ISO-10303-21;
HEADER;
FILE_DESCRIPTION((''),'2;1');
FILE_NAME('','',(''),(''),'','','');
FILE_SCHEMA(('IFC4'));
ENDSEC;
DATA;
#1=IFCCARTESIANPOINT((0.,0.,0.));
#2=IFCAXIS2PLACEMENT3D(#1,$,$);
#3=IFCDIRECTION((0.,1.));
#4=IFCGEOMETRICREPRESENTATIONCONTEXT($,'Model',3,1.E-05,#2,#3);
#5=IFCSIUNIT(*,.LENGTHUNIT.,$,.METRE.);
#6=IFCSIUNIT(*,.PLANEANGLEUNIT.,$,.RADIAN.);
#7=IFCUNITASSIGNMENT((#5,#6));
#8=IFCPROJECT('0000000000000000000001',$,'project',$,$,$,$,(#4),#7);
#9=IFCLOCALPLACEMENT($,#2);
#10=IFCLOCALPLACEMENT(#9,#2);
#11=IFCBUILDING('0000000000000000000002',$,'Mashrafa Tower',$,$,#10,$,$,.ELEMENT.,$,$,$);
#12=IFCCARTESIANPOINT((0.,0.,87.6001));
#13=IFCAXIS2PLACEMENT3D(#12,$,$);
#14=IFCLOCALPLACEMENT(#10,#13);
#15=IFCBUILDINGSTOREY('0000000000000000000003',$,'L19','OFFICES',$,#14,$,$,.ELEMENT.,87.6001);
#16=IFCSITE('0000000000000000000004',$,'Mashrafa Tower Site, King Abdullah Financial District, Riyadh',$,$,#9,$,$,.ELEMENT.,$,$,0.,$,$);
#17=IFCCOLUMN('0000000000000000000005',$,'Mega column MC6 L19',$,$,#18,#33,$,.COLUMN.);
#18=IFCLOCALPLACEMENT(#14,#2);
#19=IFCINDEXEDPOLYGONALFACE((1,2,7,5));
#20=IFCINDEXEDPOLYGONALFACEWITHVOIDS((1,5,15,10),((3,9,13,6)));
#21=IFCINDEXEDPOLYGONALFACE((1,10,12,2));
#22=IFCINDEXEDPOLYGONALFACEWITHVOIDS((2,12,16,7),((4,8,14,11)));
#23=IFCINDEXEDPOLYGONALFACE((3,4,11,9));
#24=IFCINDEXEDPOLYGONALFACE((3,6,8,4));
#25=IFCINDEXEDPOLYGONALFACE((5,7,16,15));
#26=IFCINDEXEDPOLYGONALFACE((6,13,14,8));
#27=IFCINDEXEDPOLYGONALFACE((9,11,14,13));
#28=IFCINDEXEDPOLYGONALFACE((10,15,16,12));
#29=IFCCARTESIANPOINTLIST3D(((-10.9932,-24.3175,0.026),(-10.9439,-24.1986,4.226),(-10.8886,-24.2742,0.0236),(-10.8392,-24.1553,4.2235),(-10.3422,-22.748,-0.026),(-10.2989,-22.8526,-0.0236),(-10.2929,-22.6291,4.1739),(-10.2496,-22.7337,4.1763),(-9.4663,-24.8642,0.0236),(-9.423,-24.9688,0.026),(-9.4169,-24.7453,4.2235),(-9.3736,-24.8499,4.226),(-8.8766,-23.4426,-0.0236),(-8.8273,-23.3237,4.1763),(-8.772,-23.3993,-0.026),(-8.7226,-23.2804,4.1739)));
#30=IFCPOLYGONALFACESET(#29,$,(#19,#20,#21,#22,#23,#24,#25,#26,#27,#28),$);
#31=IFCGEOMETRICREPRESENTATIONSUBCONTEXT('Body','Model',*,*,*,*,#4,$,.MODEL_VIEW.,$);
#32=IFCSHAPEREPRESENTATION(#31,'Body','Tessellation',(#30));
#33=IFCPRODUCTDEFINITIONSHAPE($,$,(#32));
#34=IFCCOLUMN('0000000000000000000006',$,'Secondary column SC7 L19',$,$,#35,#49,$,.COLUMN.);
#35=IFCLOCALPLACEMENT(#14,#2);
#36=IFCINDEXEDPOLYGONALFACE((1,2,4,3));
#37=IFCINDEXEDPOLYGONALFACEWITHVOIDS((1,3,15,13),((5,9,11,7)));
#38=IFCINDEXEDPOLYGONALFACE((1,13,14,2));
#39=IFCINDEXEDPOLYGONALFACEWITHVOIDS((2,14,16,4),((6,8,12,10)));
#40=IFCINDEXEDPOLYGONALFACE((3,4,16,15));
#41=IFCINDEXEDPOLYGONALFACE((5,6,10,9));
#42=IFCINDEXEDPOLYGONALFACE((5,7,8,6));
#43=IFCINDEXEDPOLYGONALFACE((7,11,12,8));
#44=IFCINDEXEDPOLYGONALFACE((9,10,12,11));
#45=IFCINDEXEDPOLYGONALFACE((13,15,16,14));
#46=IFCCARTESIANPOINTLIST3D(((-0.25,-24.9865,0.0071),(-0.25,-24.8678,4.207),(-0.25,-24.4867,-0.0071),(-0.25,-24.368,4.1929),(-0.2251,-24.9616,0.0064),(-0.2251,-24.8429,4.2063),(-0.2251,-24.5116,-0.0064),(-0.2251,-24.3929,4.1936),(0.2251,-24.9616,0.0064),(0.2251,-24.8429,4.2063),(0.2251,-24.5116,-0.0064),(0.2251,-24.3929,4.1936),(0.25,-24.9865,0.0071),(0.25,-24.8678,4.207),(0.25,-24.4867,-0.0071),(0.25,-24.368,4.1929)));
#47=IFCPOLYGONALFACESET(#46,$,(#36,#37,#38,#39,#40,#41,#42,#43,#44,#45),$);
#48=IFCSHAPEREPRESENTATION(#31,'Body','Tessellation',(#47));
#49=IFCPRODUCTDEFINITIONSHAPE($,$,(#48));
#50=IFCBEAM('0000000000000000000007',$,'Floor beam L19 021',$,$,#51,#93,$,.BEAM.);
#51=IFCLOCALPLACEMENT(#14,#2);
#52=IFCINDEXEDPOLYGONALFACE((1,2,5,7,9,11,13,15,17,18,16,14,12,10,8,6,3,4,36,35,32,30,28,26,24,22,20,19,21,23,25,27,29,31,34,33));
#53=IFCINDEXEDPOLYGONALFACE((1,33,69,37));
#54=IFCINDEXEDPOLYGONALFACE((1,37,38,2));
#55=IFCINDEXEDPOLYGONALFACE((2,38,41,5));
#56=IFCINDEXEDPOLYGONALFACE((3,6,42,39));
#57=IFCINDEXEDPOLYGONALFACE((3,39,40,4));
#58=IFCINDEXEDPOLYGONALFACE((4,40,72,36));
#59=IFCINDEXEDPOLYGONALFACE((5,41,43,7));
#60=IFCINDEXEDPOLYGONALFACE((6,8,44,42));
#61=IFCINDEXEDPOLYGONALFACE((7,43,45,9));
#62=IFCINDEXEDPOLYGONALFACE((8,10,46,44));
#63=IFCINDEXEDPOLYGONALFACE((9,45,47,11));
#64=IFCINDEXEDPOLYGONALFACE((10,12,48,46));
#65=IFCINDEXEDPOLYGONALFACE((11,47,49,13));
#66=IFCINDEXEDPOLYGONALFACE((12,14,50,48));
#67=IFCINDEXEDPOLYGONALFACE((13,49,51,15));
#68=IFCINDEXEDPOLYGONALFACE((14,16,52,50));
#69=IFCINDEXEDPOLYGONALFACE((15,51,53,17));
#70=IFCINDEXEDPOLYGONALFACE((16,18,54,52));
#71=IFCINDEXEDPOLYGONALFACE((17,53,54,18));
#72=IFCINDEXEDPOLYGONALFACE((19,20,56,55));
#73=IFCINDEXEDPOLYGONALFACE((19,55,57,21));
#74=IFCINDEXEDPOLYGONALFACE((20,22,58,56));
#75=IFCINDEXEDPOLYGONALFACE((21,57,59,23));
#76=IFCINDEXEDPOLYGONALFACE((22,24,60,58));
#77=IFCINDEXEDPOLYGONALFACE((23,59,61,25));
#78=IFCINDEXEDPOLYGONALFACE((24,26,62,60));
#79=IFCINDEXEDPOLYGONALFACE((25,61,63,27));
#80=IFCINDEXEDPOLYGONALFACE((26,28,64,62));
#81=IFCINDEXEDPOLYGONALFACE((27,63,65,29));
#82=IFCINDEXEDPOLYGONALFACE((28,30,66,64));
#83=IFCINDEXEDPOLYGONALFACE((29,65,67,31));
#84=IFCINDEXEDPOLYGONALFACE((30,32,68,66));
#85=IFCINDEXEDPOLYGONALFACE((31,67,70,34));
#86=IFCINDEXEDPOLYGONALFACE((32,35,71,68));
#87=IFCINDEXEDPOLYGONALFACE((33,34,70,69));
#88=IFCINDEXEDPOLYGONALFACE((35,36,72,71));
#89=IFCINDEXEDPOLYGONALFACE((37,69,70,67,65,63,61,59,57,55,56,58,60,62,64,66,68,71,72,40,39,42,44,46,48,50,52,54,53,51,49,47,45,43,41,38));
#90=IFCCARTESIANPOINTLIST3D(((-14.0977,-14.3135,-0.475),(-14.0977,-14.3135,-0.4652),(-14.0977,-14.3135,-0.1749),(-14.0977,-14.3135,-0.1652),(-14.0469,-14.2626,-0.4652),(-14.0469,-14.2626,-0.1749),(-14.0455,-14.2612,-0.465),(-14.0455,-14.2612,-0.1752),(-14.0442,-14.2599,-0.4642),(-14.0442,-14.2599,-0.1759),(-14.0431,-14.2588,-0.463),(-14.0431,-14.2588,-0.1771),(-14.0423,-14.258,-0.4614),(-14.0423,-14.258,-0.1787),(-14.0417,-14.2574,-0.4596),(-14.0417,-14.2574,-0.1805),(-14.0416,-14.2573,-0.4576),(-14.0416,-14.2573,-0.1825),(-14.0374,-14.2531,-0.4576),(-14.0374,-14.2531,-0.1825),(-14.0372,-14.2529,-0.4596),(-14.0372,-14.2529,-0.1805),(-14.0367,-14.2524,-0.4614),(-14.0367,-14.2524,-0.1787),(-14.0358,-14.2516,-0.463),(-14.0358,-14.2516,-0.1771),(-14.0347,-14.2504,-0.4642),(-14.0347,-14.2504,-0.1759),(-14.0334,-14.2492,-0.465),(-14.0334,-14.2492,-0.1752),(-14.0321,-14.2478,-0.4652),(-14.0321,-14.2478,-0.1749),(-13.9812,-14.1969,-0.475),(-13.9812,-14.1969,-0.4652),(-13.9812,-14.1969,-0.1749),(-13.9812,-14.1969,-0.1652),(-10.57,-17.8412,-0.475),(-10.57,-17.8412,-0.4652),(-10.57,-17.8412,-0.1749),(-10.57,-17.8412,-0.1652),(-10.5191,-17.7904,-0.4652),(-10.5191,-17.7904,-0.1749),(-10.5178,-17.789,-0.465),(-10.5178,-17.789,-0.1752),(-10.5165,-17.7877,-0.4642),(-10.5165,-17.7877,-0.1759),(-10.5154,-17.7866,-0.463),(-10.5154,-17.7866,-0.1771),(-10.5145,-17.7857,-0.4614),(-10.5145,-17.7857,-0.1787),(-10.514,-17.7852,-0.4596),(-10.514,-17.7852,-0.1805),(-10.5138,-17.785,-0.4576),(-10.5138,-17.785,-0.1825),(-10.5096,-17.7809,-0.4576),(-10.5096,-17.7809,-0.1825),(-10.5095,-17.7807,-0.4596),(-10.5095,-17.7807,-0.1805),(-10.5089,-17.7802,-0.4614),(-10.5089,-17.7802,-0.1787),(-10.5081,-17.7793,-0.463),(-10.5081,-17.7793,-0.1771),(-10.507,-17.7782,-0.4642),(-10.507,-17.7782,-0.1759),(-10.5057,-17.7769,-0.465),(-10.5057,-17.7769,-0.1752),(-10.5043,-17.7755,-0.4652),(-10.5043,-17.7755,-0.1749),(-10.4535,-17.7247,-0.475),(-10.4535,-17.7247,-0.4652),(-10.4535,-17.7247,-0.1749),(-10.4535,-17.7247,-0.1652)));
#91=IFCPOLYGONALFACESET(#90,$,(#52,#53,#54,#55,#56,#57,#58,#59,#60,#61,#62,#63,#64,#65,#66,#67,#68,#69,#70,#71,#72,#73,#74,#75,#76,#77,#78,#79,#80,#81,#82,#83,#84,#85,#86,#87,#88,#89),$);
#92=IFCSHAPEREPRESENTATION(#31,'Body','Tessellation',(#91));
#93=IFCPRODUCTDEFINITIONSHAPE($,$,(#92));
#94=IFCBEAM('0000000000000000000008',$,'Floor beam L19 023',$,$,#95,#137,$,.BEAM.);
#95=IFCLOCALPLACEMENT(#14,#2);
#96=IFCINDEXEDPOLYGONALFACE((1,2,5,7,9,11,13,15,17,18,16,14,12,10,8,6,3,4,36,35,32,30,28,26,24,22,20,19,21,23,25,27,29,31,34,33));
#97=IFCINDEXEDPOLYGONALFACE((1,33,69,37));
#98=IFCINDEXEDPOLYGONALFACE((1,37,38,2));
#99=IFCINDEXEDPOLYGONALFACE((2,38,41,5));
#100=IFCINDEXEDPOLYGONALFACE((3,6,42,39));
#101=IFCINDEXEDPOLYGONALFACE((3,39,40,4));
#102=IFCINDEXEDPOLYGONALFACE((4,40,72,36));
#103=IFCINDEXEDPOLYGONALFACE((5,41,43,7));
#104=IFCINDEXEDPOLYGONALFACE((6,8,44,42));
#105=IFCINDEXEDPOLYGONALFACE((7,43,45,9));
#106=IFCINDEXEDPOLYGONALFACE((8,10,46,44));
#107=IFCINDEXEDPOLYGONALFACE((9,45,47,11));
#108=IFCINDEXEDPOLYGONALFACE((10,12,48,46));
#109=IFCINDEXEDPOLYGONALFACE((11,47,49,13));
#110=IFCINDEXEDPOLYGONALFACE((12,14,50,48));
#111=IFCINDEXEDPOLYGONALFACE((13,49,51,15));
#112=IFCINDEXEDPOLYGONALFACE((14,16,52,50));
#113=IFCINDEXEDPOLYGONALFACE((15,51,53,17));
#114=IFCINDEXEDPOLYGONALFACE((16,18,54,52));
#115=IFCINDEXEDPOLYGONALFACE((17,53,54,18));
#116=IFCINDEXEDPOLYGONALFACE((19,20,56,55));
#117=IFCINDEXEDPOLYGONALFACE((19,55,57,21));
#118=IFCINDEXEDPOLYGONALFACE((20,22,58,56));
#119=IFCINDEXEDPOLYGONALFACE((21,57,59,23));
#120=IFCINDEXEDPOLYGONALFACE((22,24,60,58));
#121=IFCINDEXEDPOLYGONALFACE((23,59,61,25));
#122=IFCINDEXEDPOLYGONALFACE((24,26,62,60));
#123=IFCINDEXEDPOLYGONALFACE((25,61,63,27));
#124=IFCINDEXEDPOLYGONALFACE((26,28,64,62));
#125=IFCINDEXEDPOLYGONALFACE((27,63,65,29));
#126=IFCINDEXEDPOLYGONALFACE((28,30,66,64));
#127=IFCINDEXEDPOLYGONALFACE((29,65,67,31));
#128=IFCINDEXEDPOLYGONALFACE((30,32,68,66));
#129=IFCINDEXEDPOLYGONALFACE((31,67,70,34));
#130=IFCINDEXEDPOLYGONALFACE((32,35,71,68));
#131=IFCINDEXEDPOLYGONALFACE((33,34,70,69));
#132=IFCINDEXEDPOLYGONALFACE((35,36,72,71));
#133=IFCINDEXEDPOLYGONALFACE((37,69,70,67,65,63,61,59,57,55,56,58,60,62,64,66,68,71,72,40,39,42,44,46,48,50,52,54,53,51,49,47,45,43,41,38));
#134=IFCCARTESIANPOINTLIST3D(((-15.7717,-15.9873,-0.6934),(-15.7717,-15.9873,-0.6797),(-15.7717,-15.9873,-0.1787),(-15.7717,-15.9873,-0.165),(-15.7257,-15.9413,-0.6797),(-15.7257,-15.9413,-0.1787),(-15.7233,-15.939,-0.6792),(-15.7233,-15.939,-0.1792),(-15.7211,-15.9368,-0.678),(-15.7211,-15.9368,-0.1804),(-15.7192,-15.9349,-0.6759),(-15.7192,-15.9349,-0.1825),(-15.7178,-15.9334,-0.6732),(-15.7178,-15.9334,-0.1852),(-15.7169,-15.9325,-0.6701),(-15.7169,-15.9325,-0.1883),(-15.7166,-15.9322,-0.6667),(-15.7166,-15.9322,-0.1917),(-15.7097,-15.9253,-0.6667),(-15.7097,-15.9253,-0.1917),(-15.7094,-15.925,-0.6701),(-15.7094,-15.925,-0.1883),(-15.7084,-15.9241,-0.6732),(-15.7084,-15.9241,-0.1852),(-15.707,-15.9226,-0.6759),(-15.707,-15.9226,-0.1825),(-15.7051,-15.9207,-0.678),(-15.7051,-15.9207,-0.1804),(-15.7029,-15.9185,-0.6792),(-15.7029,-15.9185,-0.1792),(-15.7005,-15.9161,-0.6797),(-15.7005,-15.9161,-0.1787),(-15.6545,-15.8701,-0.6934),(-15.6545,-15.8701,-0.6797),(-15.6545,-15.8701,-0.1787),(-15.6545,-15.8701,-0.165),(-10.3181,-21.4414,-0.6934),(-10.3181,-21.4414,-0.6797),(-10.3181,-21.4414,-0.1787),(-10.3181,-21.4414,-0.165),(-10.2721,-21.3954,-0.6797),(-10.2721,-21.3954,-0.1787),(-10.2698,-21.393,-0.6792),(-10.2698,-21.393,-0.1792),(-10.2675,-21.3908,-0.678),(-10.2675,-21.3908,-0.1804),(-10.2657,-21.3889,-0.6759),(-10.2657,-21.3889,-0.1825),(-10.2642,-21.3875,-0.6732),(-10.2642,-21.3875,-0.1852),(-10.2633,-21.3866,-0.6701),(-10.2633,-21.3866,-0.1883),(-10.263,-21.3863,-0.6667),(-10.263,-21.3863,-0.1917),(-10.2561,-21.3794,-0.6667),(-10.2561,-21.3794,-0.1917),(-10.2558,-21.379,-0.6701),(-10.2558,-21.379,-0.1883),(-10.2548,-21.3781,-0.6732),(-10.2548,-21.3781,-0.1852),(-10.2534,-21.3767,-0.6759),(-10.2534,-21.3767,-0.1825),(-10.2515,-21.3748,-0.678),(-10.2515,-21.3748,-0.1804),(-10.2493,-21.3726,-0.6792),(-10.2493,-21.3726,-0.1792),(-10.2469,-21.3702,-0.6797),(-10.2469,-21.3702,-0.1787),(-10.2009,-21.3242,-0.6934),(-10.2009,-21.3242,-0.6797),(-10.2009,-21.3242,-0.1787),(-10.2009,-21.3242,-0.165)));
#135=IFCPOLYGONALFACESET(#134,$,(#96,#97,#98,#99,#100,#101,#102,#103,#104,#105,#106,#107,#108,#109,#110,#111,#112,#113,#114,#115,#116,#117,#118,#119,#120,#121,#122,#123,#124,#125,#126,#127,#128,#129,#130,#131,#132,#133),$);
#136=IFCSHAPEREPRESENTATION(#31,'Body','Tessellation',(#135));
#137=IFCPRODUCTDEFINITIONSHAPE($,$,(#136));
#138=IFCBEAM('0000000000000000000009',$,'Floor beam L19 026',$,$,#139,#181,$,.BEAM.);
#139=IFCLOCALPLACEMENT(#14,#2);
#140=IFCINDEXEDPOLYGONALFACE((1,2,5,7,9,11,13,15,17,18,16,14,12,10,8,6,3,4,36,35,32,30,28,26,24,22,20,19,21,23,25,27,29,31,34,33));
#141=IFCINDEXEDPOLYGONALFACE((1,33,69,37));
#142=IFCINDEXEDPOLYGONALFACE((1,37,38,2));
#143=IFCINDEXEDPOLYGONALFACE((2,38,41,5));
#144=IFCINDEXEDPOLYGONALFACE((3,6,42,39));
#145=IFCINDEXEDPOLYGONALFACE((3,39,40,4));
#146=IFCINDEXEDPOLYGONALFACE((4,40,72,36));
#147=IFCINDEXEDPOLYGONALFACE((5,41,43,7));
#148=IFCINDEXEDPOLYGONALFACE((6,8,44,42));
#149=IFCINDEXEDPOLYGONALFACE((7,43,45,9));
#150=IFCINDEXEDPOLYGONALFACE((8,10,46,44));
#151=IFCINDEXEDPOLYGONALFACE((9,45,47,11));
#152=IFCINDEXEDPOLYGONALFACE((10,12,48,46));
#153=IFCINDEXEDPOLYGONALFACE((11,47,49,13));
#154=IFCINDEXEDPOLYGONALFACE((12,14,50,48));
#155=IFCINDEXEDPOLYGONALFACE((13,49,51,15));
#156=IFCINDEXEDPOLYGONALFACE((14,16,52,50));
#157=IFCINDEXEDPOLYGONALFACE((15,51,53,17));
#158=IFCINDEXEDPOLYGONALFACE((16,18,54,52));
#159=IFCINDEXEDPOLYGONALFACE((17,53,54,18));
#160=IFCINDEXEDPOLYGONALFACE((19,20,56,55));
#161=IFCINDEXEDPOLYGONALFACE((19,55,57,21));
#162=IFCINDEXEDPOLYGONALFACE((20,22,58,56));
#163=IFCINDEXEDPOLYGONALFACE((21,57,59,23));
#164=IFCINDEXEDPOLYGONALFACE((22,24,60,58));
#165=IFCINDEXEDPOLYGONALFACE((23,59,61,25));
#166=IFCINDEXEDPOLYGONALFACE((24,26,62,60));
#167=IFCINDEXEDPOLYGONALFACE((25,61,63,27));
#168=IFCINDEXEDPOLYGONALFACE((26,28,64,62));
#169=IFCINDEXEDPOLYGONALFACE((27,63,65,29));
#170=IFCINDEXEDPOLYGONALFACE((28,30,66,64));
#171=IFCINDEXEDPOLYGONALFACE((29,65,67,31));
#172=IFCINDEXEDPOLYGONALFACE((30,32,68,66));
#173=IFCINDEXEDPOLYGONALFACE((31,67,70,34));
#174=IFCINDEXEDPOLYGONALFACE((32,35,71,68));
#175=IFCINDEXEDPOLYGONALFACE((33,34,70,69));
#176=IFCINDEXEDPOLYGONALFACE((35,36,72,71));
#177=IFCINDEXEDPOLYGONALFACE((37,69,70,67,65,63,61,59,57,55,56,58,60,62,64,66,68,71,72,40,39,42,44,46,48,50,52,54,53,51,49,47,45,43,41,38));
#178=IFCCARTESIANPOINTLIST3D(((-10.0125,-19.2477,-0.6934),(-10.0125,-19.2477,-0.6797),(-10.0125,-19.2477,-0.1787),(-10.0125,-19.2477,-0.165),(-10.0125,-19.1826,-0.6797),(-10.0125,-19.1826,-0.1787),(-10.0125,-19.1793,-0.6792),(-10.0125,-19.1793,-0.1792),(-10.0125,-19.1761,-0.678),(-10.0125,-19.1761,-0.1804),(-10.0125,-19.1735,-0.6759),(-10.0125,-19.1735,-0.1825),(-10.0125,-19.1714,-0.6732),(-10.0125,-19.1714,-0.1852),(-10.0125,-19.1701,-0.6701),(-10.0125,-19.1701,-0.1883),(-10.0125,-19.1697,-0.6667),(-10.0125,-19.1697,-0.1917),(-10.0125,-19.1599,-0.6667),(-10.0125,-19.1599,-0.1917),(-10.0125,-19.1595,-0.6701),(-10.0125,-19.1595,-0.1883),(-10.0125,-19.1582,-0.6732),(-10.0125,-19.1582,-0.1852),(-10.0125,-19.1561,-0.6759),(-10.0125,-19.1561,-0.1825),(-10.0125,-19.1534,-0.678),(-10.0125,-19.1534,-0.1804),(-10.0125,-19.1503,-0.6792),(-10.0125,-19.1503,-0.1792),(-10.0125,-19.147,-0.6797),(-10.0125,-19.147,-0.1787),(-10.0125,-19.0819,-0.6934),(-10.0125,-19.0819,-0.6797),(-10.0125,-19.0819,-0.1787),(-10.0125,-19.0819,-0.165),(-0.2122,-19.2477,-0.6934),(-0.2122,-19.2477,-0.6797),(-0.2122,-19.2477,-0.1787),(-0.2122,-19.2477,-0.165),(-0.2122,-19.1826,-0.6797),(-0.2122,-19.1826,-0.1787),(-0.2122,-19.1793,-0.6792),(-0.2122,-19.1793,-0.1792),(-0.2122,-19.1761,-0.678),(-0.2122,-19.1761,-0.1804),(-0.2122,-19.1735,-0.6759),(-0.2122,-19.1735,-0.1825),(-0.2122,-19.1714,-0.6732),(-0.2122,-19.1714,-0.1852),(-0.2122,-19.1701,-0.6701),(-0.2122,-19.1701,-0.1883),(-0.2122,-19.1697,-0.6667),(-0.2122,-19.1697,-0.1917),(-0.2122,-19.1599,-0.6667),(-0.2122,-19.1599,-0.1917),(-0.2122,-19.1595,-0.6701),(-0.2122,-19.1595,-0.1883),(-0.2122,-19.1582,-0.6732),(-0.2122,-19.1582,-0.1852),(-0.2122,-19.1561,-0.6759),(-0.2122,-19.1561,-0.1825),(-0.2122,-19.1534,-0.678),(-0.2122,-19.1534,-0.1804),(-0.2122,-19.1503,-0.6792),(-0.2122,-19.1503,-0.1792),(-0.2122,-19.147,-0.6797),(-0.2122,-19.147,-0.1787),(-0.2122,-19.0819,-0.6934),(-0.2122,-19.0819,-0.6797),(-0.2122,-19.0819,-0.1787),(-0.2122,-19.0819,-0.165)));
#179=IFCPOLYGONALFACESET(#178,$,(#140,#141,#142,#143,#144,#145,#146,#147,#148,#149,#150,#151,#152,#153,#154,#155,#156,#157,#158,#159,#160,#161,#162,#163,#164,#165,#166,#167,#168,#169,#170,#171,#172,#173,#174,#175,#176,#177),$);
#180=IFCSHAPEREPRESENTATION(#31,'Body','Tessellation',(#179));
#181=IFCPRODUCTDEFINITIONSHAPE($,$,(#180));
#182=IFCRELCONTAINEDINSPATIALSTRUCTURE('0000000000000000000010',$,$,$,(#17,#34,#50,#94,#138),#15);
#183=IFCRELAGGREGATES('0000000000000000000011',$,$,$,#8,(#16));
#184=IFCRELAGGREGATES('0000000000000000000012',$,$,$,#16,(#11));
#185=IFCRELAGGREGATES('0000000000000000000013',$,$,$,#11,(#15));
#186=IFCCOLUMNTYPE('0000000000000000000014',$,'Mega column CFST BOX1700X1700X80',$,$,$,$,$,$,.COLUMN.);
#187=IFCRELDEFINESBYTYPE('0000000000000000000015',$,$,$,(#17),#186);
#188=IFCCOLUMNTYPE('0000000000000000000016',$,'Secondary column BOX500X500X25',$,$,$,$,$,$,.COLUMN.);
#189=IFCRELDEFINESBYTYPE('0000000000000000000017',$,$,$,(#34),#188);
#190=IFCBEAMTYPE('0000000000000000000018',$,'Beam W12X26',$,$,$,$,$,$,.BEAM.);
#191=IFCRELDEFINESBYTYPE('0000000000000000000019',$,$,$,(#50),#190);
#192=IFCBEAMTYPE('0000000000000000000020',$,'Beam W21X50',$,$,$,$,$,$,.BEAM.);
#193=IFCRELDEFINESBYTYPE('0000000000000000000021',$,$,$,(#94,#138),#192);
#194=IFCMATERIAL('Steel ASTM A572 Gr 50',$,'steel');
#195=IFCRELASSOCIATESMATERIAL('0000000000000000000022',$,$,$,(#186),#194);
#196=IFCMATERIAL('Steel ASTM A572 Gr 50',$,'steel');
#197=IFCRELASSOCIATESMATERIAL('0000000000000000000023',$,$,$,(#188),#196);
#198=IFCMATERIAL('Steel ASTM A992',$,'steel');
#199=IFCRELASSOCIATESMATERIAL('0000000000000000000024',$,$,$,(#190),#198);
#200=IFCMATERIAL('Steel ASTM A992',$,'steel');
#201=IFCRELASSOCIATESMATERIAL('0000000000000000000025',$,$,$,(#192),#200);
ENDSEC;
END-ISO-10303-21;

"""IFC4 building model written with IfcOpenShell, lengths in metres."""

from ifc_helpers import new_model, si_unit, direction, frame, origin, origin_2d, place, context, subcontext, project, spatial, hollow_rectangle, i_section, extrude, material, material_profile, profile_set, type_object, element, save


model = new_model("IFC4")

# Units and contexts
model_context = context("Model", 3, precision=1e-05, world=origin(), true_north=direction((0.0, 1.0)))
body_context = subcontext(model_context, "Body", "Model", "MODEL_VIEW")
ifc_project = project(units=[si_unit("LENGTHUNIT", "METRE"), si_unit("PLANEANGLEUNIT", "RADIAN")], contexts=[model_context])

# Site, building, storey
site_placement = place(None, origin())
site = spatial("IfcSite", under=ifc_project, at=site_placement, Name="Mashrafa Tower Site, King Abdullah Financial District, Riyadh", CompositionType="ELEMENT", RefElevation=0.0)
building_placement = place(site_placement, origin())
building = spatial("IfcBuilding", under=site, at=building_placement, Name="Mashrafa Tower", CompositionType="ELEMENT")
storey_placement = place(building_placement, frame((0.0, 0.0, 87.6001)))
storey = spatial("IfcBuildingStorey", under=building, at=storey_placement, Name="L19", Description="OFFICES", CompositionType="ELEMENT", Elevation=87.6001)

# Columns
ifc_material_1 = material(Name="Steel ASTM A572 Gr 50", Category="steel")
ifc_material_profile_1 = material_profile(ifc_material_1, hollow_rectangle(XDim=1.7, YDim=1.7, WallThickness=0.0801, at=origin_2d()), Name="BOX1700X1700X80")
ifc_profile_set_1 = profile_set([ifc_material_profile_1], Name="Steel ASTM A572 Gr 50")
column_type_1 = type_object("IfcColumnType", Name="Mega column CFST BOX1700X1700X80", PredefinedType="COLUMN", material=ifc_profile_set_1)
column_1_placement = place(storey_placement, frame((-9.8826, -23.8584, 0.0), z_axis=(0.011737, 0.028296, 0.999531), x_axis=(-0.923693, 0.383133, 0.0)))
element("IfcColumn", 1, at=column_1_placement, inside=storey, type_object=column_type_1, Name="Mega column MC6 L19", PredefinedType="COLUMN", context=body_context, shape_type="SweptSolid", body=[
    extrude(hollow_rectangle(XDim=1.7, YDim=1.7, WallThickness=0.0801, at=origin_2d()), origin(), (0.0, 0.0, 1.0), 4.2019),
])
ifc_material_2 = material(Name="Steel ASTM A572 Gr 50", Category="steel")
ifc_material_profile_2 = material_profile(ifc_material_2, hollow_rectangle(XDim=0.5, YDim=0.5, WallThickness=0.0249, at=origin_2d()), Name="BOX500X500X25")
ifc_profile_set_2 = profile_set([ifc_material_profile_2], Name="Steel ASTM A572 Gr 50")
column_type_2 = type_object("IfcColumnType", Name="Secondary column BOX500X500X25", PredefinedType="COLUMN", material=ifc_profile_set_2)
column_2_placement = place(storey_placement, frame((0.0, -24.7366, 0.0), z_axis=(0.0, 0.02824, 0.999601), x_axis=(-1.0, 0.0, 0.0)))
element("IfcColumn", 2, at=column_2_placement, inside=storey, type_object=column_type_2, Name="Secondary column SC7 L19", PredefinedType="COLUMN", context=body_context, shape_type="SweptSolid", body=[
    extrude(hollow_rectangle(XDim=0.5, YDim=0.5, WallThickness=0.0249, at=origin_2d()), origin(), (0.0, 0.0, 1.0), 4.2017),
])

# Beams
ifc_material_3 = material(Name="Steel ASTM A992", Category="steel")
ifc_material_profile_3 = material_profile(ifc_material_3, i_section(OverallWidth=0.1648, OverallDepth=0.3098, WebThickness=0.0059, FlangeThickness=0.0098, FilletRadius=0.0076, at=origin_2d()), Name="W12X26")
ifc_profile_set_3 = profile_set([ifc_material_profile_3], Name="Steel ASTM A992")
beam_type_1 = type_object("IfcBeamType", Name="Beam W12X26", PredefinedType="BEAM", material=ifc_profile_set_3)
beam_1_placement = place(storey_placement, frame((-10.5117, -17.783, -0.3201), z_axis=(-0.707107, 0.707107, 0.0), x_axis=(-0.707107, -0.707107, 0.0)))
element("IfcBeam", 3, at=beam_1_placement, inside=storey, type_object=beam_type_1, Name="Floor beam L19 021", PredefinedType="BEAM", context=body_context, shape_type="SweptSolid", body=[
    extrude(i_section(OverallWidth=0.1648, OverallDepth=0.3098, WebThickness=0.0059, FlangeThickness=0.0098, FilletRadius=0.0076, at=origin_2d()), origin(), (0.0, 0.0, 1.0), 4.989),
])
ifc_material_4 = material(Name="Steel ASTM A992", Category="steel")
ifc_material_profile_4 = material_profile(ifc_material_4, i_section(OverallWidth=0.1658, OverallDepth=0.5283, WebThickness=0.0098, FlangeThickness=0.0137, FilletRadius=0.0129, at=origin_2d()), Name="W21X50")
ifc_profile_set_4 = profile_set([ifc_material_profile_4], Name="Steel ASTM A992")
beam_type_2 = type_object("IfcBeamType", Name="Beam W21X50", PredefinedType="BEAM", material=ifc_profile_set_4)
beam_2_placement = place(storey_placement, frame((-10.2595, -21.3828, -0.4292), z_axis=(-0.707075, 0.707138, 0.0), x_axis=(-0.707138, -0.707075, 0.0)))
element("IfcBeam", 4, at=beam_2_placement, inside=storey, type_object=beam_type_2, Name="Floor beam L19 023", PredefinedType="BEAM", context=body_context, shape_type="SweptSolid", body=[
    extrude(i_section(OverallWidth=0.1658, OverallDepth=0.5283, WebThickness=0.0098, FlangeThickness=0.0137, FilletRadius=0.0129, at=origin_2d()), origin(), (0.0, 0.0, 1.0), 7.7129),
])
beam_3_placement = place(storey_placement, frame((-0.2122, -19.1648, -0.4292), z_axis=(-1.0, 0.0, 0.0), x_axis=(0.0, -1.0, 0.0)))
element("IfcBeam", 5, at=beam_3_placement, inside=storey, type_object=beam_type_2, Name="Floor beam L19 026", PredefinedType="BEAM", context=body_context, shape_type="SweptSolid", body=[
    extrude(i_section(OverallWidth=0.1658, OverallDepth=0.5283, WebThickness=0.0098, FlangeThickness=0.0137, FilletRadius=0.0129, at=origin_2d()), origin(), (0.0, 0.0, 1.0), 9.8003),
])

save(model, "model.ifc")
